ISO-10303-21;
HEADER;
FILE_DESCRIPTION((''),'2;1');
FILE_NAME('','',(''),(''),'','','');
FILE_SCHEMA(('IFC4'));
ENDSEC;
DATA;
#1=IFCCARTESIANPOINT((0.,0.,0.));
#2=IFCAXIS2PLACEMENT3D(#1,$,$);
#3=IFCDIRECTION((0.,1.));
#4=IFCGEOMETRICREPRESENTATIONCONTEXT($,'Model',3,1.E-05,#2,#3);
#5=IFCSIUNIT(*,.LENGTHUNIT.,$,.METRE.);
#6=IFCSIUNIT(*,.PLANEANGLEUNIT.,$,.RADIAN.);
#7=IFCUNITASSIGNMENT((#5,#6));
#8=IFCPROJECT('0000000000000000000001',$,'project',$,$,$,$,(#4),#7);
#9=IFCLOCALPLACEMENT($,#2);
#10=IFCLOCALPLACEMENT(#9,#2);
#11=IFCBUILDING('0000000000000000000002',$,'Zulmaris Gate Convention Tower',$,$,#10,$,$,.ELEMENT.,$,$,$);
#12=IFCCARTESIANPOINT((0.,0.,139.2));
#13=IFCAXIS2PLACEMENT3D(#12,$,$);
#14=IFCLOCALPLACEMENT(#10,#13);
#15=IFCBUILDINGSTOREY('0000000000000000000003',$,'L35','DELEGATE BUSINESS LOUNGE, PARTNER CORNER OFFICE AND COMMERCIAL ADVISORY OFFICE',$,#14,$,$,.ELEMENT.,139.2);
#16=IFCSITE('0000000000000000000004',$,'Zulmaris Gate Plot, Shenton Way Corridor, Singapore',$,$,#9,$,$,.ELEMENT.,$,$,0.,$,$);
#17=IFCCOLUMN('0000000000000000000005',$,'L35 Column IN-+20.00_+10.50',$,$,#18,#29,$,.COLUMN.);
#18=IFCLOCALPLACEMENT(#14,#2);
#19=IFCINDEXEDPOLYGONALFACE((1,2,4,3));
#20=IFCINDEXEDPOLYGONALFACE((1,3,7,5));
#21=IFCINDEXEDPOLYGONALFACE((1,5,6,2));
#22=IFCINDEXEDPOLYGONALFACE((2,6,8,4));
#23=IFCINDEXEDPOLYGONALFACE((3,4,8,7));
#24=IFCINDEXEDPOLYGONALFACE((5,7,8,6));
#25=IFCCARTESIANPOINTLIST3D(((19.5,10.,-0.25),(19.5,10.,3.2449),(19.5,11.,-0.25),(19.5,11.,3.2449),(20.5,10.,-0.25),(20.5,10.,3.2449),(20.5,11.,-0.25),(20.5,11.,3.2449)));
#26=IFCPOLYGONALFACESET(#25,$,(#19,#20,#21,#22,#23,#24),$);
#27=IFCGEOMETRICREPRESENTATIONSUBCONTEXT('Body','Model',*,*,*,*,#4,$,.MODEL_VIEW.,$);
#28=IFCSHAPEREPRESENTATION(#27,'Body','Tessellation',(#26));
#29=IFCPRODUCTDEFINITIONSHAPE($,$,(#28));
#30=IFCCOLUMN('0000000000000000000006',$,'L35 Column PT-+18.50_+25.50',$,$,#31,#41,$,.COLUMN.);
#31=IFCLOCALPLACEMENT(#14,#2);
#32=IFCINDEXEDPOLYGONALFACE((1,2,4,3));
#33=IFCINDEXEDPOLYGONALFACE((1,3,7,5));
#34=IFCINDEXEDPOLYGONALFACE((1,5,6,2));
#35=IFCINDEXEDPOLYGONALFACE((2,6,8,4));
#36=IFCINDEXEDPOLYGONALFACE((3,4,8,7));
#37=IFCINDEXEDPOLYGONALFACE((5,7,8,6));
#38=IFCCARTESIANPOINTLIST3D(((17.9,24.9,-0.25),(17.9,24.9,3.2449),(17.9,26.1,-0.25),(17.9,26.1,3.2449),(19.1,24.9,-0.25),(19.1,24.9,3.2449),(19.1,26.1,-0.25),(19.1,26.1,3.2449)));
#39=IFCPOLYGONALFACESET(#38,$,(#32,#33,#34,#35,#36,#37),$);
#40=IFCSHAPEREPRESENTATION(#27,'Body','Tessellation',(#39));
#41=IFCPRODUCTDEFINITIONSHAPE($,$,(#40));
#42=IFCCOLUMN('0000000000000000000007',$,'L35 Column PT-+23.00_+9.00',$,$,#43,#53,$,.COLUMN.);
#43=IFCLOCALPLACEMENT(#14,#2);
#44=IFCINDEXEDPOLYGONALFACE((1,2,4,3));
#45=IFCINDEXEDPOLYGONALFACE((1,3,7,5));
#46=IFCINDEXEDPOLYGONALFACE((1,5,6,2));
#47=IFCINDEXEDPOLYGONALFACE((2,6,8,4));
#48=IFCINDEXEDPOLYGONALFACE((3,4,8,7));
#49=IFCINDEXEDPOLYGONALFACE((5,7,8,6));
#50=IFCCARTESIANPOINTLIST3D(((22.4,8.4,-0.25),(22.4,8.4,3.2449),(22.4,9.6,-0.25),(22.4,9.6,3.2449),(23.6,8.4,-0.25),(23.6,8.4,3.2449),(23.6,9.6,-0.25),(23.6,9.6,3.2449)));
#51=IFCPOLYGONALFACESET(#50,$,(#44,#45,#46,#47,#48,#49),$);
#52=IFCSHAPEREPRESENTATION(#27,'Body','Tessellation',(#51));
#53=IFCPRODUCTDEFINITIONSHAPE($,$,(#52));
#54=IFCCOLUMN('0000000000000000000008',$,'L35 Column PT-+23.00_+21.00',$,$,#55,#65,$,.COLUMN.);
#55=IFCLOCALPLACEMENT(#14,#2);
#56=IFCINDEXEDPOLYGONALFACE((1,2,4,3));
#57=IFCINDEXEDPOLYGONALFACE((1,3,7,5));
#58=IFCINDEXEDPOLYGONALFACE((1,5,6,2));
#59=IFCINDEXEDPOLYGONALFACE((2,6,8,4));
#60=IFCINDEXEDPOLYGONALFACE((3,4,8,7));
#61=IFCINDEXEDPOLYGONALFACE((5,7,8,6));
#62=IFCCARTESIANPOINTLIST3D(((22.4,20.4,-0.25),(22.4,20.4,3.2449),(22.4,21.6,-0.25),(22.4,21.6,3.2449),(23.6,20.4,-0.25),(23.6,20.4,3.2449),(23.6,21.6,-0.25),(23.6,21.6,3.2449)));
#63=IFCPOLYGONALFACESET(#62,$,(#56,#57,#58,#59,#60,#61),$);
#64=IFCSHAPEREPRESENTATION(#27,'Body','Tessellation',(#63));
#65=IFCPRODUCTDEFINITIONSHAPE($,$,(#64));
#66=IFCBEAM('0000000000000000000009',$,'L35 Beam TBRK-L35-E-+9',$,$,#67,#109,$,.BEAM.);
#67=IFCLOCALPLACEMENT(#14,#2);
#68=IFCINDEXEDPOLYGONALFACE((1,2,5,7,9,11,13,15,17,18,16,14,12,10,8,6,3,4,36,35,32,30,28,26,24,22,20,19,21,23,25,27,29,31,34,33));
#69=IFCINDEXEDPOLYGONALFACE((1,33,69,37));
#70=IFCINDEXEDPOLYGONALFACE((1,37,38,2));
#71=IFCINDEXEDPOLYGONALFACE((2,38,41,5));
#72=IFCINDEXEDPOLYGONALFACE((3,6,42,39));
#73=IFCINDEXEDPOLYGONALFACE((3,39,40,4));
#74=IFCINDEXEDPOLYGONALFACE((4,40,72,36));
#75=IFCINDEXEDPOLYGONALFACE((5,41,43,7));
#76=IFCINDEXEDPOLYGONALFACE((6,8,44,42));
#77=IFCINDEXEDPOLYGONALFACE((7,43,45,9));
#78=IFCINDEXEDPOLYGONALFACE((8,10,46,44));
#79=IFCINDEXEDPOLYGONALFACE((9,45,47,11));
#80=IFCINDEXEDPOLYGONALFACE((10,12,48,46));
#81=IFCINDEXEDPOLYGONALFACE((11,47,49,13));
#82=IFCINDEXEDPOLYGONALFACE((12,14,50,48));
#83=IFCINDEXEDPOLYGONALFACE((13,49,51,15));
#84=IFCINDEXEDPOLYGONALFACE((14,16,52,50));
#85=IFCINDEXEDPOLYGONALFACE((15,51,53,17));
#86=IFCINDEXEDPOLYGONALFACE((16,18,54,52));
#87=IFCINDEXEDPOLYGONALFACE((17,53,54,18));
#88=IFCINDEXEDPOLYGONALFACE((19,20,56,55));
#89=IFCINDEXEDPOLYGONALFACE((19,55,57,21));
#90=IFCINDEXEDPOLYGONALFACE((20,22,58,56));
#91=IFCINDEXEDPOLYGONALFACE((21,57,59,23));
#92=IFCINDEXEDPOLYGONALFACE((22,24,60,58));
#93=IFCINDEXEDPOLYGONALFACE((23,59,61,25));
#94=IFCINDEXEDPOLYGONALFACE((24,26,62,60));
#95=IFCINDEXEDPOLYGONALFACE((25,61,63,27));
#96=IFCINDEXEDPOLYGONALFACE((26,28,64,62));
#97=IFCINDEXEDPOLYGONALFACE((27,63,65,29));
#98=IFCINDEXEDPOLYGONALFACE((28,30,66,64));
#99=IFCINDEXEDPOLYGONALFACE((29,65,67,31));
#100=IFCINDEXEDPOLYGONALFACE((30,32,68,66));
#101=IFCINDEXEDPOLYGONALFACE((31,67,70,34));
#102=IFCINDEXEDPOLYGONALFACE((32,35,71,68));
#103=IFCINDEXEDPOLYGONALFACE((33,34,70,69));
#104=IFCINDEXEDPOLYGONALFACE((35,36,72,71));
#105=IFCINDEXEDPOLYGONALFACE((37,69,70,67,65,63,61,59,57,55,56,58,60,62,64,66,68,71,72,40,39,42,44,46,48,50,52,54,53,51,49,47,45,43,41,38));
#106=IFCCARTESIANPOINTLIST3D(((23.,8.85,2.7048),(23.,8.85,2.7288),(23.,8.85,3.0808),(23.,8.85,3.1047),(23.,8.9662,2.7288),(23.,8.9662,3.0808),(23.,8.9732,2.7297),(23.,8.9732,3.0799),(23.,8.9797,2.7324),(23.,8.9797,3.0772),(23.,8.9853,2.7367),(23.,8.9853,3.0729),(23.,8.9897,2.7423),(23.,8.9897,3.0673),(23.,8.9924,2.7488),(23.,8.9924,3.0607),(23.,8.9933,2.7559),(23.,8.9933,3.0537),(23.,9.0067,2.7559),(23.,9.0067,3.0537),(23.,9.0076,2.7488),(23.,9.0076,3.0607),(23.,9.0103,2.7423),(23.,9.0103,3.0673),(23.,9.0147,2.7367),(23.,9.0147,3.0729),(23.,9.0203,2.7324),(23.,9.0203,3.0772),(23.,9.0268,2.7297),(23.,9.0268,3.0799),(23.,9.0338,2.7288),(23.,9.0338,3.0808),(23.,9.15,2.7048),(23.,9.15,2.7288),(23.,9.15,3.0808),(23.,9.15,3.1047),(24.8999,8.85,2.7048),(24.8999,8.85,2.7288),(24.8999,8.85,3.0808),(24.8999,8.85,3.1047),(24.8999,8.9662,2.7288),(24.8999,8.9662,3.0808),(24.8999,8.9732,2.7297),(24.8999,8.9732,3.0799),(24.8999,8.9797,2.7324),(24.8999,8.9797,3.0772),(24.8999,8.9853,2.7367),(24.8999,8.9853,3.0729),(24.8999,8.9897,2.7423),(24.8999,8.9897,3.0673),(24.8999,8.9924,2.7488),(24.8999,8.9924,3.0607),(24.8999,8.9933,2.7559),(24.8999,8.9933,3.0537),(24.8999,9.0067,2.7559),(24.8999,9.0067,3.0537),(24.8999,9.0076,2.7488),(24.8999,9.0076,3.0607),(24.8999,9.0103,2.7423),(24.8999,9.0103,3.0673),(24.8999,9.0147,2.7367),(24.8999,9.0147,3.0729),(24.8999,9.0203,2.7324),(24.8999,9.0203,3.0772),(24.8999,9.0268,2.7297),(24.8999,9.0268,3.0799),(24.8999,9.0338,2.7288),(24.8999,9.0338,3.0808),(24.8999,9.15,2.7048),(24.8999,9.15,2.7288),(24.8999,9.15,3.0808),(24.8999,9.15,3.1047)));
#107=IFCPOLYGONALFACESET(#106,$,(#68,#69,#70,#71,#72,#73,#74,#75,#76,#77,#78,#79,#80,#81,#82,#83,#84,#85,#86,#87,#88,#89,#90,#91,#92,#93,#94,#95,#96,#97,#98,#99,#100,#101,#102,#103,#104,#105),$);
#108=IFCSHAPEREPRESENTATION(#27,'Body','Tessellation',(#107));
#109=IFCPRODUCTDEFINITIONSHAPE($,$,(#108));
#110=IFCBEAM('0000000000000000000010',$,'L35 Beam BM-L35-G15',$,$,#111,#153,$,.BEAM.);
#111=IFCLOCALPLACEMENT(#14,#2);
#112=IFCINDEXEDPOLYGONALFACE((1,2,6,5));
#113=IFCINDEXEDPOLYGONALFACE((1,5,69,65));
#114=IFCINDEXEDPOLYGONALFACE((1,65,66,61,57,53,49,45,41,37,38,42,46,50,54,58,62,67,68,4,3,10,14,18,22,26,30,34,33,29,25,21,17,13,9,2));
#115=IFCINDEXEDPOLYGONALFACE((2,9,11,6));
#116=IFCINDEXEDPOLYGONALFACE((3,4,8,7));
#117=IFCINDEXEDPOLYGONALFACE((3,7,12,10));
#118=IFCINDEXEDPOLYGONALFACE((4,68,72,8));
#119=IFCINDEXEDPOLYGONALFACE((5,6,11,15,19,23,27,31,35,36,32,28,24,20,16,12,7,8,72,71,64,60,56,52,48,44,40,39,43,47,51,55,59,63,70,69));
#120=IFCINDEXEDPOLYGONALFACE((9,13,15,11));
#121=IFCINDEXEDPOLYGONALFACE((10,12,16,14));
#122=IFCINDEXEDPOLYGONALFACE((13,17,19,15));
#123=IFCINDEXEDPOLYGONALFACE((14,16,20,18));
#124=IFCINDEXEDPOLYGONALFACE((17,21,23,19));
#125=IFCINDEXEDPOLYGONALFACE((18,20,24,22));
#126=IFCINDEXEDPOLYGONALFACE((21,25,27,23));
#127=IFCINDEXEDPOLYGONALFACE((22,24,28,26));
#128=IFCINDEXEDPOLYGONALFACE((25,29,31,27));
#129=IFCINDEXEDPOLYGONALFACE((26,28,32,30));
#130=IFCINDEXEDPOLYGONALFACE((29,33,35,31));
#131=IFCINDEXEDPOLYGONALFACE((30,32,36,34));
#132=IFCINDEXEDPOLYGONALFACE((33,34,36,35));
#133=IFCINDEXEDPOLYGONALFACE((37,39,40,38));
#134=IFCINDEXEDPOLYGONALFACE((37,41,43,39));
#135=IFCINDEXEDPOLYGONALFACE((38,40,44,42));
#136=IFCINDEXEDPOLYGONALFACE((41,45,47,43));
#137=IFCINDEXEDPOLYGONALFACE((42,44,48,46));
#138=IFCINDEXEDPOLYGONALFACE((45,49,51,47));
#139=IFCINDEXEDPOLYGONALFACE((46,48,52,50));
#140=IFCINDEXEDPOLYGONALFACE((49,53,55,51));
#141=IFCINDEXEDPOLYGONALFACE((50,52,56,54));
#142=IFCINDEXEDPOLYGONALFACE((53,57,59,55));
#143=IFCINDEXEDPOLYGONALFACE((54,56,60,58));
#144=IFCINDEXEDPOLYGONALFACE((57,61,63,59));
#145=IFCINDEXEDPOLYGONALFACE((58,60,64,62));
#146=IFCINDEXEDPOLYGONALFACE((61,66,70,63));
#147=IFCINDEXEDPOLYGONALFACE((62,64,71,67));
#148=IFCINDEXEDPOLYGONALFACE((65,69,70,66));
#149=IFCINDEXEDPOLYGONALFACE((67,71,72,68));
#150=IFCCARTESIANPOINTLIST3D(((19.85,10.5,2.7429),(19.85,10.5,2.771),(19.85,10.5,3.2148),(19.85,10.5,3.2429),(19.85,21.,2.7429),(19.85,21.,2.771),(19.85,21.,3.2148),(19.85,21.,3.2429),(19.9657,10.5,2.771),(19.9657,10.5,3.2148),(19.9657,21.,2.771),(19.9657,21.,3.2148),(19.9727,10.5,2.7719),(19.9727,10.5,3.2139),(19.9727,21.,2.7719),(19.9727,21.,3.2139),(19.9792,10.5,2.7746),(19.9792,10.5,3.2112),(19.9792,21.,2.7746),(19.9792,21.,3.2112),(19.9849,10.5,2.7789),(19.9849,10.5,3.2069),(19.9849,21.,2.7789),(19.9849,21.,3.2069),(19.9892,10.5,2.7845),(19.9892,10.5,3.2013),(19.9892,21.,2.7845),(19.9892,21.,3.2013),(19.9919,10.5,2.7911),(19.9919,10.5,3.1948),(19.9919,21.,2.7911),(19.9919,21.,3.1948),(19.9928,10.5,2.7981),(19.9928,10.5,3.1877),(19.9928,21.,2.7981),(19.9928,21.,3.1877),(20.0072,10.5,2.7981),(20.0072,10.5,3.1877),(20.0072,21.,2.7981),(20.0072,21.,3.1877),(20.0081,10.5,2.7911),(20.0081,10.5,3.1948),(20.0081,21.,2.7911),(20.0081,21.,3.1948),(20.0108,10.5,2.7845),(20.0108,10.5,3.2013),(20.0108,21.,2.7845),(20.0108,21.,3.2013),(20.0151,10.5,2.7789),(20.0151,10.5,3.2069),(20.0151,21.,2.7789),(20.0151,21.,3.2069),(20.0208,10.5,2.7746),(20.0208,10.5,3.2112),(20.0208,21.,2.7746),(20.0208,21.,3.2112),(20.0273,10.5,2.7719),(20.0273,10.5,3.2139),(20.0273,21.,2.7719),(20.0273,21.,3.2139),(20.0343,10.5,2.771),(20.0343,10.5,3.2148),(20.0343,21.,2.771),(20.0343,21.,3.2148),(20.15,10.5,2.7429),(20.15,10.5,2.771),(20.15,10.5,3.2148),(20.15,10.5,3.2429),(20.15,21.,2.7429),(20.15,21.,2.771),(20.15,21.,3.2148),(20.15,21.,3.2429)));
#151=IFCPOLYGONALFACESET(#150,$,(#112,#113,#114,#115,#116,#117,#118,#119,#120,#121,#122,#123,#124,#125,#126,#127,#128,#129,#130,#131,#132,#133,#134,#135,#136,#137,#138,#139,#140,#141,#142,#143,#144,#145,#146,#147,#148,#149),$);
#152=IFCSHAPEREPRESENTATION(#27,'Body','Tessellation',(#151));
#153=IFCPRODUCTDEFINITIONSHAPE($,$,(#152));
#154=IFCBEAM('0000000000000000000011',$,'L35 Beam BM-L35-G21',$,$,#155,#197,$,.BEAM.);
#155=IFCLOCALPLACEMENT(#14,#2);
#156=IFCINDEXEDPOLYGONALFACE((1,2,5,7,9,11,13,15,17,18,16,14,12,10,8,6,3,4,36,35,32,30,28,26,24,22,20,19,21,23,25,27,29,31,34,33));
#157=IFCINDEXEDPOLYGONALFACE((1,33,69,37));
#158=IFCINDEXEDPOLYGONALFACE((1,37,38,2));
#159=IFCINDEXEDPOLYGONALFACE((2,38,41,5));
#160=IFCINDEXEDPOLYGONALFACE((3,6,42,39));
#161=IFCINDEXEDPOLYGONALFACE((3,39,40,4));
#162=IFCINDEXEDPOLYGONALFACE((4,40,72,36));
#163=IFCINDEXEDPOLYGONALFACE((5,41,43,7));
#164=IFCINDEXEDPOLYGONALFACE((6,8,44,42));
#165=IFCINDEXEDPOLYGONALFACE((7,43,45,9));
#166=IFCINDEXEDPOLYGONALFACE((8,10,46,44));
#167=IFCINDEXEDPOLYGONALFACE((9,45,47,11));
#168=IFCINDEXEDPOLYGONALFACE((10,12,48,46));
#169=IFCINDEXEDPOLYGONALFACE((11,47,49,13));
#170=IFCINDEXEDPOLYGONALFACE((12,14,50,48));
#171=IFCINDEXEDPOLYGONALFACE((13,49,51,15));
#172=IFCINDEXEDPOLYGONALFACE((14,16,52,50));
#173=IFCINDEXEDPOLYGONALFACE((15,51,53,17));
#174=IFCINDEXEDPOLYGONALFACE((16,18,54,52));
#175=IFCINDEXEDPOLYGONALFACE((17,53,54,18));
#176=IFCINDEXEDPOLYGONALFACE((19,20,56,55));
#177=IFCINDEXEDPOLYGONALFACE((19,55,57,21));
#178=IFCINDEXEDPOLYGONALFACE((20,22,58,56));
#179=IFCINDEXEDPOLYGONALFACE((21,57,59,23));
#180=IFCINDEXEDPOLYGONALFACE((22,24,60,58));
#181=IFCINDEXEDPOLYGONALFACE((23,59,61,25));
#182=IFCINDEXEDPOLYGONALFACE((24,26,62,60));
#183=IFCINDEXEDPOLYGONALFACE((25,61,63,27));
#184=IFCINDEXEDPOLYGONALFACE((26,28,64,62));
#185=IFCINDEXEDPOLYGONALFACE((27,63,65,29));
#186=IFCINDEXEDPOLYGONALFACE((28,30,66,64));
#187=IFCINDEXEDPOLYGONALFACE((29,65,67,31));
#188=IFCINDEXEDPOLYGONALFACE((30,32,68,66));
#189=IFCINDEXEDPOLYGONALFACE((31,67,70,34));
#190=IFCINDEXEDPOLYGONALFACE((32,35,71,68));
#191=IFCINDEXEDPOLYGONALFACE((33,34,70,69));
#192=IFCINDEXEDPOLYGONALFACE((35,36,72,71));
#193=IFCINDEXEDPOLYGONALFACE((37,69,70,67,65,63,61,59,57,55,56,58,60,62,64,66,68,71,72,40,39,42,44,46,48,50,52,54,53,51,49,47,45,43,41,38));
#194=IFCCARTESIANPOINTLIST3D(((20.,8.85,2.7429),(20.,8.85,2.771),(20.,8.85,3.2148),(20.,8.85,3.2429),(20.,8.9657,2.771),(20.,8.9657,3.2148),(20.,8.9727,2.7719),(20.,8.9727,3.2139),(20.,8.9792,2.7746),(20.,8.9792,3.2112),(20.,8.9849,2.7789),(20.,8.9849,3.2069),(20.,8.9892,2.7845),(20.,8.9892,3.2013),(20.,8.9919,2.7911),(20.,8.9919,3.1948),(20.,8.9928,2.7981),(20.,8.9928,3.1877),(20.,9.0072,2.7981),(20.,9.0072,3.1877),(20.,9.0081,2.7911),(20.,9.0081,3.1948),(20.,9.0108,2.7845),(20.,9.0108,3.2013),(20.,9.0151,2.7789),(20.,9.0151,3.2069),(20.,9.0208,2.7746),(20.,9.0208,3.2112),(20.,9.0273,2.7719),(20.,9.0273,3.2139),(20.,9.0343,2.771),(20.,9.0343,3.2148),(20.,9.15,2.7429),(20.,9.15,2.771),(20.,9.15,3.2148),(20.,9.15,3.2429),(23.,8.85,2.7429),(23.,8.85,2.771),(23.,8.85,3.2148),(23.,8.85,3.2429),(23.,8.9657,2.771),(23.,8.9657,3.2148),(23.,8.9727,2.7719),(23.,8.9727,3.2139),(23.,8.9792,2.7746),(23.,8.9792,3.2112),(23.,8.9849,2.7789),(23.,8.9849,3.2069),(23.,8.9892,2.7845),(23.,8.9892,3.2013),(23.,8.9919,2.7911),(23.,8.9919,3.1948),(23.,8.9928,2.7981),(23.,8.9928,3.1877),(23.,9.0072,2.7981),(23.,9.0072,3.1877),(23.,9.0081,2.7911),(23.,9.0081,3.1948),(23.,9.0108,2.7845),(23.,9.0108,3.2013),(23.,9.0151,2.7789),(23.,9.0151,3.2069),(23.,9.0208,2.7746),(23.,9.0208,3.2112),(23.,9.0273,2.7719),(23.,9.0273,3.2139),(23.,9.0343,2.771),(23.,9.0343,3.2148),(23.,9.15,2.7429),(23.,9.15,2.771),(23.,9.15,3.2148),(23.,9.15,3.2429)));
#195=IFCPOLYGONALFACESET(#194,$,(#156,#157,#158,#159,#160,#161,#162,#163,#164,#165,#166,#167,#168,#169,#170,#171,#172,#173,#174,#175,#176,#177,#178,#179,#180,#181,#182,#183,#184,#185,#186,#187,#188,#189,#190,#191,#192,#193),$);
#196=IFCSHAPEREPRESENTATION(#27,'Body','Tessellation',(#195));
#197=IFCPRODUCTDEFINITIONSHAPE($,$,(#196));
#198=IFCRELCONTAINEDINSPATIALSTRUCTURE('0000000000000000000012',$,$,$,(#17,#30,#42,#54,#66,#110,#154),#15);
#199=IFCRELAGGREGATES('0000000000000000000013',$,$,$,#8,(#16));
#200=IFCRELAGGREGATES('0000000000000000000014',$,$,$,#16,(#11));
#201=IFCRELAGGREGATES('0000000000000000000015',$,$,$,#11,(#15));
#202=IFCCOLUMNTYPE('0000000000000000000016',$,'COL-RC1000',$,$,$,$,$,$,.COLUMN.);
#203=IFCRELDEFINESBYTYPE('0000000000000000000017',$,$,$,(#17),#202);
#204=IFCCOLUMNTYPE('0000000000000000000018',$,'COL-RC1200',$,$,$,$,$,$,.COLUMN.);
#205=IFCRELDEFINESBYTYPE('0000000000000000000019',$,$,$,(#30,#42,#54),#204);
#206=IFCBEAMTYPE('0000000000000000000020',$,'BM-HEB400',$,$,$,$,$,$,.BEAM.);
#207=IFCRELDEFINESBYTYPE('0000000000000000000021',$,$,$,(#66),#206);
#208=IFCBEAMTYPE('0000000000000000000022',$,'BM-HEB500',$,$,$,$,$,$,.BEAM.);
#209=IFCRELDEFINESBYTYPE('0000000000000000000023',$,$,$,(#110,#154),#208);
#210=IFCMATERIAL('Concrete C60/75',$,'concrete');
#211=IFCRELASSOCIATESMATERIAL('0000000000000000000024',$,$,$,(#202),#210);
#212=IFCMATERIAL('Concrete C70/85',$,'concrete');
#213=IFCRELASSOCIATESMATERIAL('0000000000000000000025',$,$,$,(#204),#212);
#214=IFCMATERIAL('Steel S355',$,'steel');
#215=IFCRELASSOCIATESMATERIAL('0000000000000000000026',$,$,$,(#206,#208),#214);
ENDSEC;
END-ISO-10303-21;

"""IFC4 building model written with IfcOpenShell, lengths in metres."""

from ifc_helpers import new_model, si_unit, direction, frame, origin, origin_2d, place, context, subcontext, project, spatial, rectangle, i_section, extrude, material, material_profile, profile_set, type_object, element, save


model = new_model("IFC4")

# Units and contexts
model_context = context("Model", 3, precision=1e-05, world=origin(), true_north=direction((0.0, 1.0)))
body_context = subcontext(model_context, "Body", "Model", "MODEL_VIEW")
ifc_project = project(units=[si_unit("LENGTHUNIT", "METRE"), si_unit("PLANEANGLEUNIT", "RADIAN")], contexts=[model_context])

# Site, building, storey
site_placement = place(None, origin())
site = spatial("IfcSite", under=ifc_project, at=site_placement, Name="Zulmaris Gate Plot, Shenton Way Corridor, Singapore", CompositionType="ELEMENT", RefElevation=0.0)
building_placement = place(site_placement, origin())
building = spatial("IfcBuilding", under=site, at=building_placement, Name="Zulmaris Gate Convention Tower", CompositionType="ELEMENT")
storey_placement = place(building_placement, frame((0.0, 0.0, 139.2)))
storey = spatial("IfcBuildingStorey", under=building, at=storey_placement, Name="L35", Description="DELEGATE BUSINESS LOUNGE, PARTNER CORNER OFFICE AND COMMERCIAL ADVISORY OFFICE", CompositionType="ELEMENT", Elevation=139.2)

# Columns
ifc_material_1 = material(Name="Concrete C60/75", Category="concrete")
ifc_material_profile_1 = material_profile(ifc_material_1, rectangle(XDim=1.0, YDim=1.0, at=origin_2d()), Name="RC COL 1000x1000")
ifc_profile_set_1 = profile_set([ifc_material_profile_1], Name="Concrete C60/75")
column_type_1 = type_object("IfcColumnType", Name="COL-RC1000", PredefinedType="COLUMN", material=ifc_profile_set_1)
column_placement = place(storey_placement, frame((20.0, 10.5, -0.25), z_axis=(0.0, 0.0, 1.0), x_axis=(1.0, 0.0, 0.0)))
element("IfcColumn", 1, at=column_placement, inside=storey, type_object=column_type_1, Name="L35 Column IN-+20.00_+10.50", PredefinedType="COLUMN", context=body_context, shape_type="SweptSolid", body=[
    extrude(rectangle(XDim=1.0, YDim=1.0, at=origin_2d()), origin(), (0.0, 0.0, 1.0), 3.4949),
])
ifc_material_2 = material(Name="Concrete C70/85", Category="concrete")
ifc_material_profile_2 = material_profile(ifc_material_2, rectangle(XDim=1.2, YDim=1.2, at=origin_2d()), Name="RC COL 1200x1200")
ifc_profile_set_2 = profile_set([ifc_material_profile_2], Name="Concrete C70/85")
column_type_2 = type_object("IfcColumnType", Name="COL-RC1200", PredefinedType="COLUMN", material=ifc_profile_set_2)
for number, where, z_axis, x_axis, name in (
    (2, (18.5, 25.5, -0.25), (0.0, 0.0, 1.0), (1.0, 0.0, 0.0), "L35 Column PT-+18.50_+25.50"),
    (3, (23.0, 9.0, -0.25), (0.0, 0.0, 1.0), (1.0, 0.0, 0.0), "L35 Column PT-+23.00_+9.00"),
    (4, (23.0, 21.0, -0.25), (0.0, 0.0, 1.0), (1.0, 0.0, 0.0), "L35 Column PT-+23.00_+21.00"),
):
    element("IfcColumn", number, at=place(storey_placement, frame(where, z_axis=z_axis, x_axis=x_axis)), inside=storey, type_object=column_type_2, Name=name, PredefinedType="COLUMN", context=body_context, shape_type="SweptSolid", body=[
        extrude(rectangle(XDim=1.2, YDim=1.2, at=origin_2d()), origin(), (0.0, 0.0, 1.0), 3.4949),
    ])

# Beams
ifc_material_3 = material(Name="Steel S355", Category="steel")
ifc_material_profile_3 = material_profile(ifc_material_3, i_section(OverallWidth=0.3, OverallDepth=0.3999, WebThickness=0.0134, FlangeThickness=0.0239, FilletRadius=0.0271, at=origin_2d()), Name="HEB 400")
ifc_profile_set_3 = profile_set([ifc_material_profile_3], Name="Steel S355")
beam_type_1 = type_object("IfcBeamType", Name="BM-HEB400", PredefinedType="BEAM", material=ifc_profile_set_3)
beam_1_placement = place(storey_placement, frame((23.0, 9.0, 2.9048), z_axis=(1.0, 0.0, 0.0), x_axis=(0.0, 1.0, 0.0)))
element("IfcBeam", 5, at=beam_1_placement, inside=storey, type_object=beam_type_1, Name="L35 Beam TBRK-L35-E-+9", PredefinedType="BEAM", context=body_context, shape_type="SweptSolid", body=[
    extrude(i_section(OverallWidth=0.3, OverallDepth=0.3999, WebThickness=0.0134, FlangeThickness=0.0239, FilletRadius=0.0271, at=origin_2d()), origin(), (0.0, 0.0, 1.0), 1.8999),
])
ifc_material_profile_4 = material_profile(ifc_material_3, i_section(OverallWidth=0.3, OverallDepth=0.5, WebThickness=0.0144, FlangeThickness=0.0281, FilletRadius=0.0271, at=origin_2d()), Name="HEB 500")
ifc_profile_set_4 = profile_set([ifc_material_profile_4], Name="Steel S355")
beam_type_2 = type_object("IfcBeamType", Name="BM-HEB500", PredefinedType="BEAM", material=ifc_profile_set_4)
beam_2_placement = place(storey_placement, frame((20.0, 10.5, 2.9929), z_axis=(0.0, 1.0, 0.0), x_axis=(-1.0, 0.0, 0.0)))
element("IfcBeam", 6, at=beam_2_placement, inside=storey, type_object=beam_type_2, Name="L35 Beam BM-L35-G15", PredefinedType="BEAM", context=body_context, shape_type="SweptSolid", body=[
    extrude(i_section(OverallWidth=0.3, OverallDepth=0.5, WebThickness=0.0144, FlangeThickness=0.0281, FilletRadius=0.0271, at=origin_2d()), origin(), (0.0, 0.0, 1.0), 10.5),
])
beam_3_placement = place(storey_placement, frame((20.0, 9.0, 2.9929), z_axis=(1.0, 0.0, 0.0), x_axis=(0.0, 1.0, 0.0)))
element("IfcBeam", 7, at=beam_3_placement, inside=storey, type_object=beam_type_2, Name="L35 Beam BM-L35-G21", PredefinedType="BEAM", context=body_context, shape_type="SweptSolid", body=[
    extrude(i_section(OverallWidth=0.3, OverallDepth=0.5, WebThickness=0.0144, FlangeThickness=0.0281, FilletRadius=0.0271, at=origin_2d()), origin(), (0.0, 0.0, 1.0), 3.0),
])

save(model, "model.ifc")
